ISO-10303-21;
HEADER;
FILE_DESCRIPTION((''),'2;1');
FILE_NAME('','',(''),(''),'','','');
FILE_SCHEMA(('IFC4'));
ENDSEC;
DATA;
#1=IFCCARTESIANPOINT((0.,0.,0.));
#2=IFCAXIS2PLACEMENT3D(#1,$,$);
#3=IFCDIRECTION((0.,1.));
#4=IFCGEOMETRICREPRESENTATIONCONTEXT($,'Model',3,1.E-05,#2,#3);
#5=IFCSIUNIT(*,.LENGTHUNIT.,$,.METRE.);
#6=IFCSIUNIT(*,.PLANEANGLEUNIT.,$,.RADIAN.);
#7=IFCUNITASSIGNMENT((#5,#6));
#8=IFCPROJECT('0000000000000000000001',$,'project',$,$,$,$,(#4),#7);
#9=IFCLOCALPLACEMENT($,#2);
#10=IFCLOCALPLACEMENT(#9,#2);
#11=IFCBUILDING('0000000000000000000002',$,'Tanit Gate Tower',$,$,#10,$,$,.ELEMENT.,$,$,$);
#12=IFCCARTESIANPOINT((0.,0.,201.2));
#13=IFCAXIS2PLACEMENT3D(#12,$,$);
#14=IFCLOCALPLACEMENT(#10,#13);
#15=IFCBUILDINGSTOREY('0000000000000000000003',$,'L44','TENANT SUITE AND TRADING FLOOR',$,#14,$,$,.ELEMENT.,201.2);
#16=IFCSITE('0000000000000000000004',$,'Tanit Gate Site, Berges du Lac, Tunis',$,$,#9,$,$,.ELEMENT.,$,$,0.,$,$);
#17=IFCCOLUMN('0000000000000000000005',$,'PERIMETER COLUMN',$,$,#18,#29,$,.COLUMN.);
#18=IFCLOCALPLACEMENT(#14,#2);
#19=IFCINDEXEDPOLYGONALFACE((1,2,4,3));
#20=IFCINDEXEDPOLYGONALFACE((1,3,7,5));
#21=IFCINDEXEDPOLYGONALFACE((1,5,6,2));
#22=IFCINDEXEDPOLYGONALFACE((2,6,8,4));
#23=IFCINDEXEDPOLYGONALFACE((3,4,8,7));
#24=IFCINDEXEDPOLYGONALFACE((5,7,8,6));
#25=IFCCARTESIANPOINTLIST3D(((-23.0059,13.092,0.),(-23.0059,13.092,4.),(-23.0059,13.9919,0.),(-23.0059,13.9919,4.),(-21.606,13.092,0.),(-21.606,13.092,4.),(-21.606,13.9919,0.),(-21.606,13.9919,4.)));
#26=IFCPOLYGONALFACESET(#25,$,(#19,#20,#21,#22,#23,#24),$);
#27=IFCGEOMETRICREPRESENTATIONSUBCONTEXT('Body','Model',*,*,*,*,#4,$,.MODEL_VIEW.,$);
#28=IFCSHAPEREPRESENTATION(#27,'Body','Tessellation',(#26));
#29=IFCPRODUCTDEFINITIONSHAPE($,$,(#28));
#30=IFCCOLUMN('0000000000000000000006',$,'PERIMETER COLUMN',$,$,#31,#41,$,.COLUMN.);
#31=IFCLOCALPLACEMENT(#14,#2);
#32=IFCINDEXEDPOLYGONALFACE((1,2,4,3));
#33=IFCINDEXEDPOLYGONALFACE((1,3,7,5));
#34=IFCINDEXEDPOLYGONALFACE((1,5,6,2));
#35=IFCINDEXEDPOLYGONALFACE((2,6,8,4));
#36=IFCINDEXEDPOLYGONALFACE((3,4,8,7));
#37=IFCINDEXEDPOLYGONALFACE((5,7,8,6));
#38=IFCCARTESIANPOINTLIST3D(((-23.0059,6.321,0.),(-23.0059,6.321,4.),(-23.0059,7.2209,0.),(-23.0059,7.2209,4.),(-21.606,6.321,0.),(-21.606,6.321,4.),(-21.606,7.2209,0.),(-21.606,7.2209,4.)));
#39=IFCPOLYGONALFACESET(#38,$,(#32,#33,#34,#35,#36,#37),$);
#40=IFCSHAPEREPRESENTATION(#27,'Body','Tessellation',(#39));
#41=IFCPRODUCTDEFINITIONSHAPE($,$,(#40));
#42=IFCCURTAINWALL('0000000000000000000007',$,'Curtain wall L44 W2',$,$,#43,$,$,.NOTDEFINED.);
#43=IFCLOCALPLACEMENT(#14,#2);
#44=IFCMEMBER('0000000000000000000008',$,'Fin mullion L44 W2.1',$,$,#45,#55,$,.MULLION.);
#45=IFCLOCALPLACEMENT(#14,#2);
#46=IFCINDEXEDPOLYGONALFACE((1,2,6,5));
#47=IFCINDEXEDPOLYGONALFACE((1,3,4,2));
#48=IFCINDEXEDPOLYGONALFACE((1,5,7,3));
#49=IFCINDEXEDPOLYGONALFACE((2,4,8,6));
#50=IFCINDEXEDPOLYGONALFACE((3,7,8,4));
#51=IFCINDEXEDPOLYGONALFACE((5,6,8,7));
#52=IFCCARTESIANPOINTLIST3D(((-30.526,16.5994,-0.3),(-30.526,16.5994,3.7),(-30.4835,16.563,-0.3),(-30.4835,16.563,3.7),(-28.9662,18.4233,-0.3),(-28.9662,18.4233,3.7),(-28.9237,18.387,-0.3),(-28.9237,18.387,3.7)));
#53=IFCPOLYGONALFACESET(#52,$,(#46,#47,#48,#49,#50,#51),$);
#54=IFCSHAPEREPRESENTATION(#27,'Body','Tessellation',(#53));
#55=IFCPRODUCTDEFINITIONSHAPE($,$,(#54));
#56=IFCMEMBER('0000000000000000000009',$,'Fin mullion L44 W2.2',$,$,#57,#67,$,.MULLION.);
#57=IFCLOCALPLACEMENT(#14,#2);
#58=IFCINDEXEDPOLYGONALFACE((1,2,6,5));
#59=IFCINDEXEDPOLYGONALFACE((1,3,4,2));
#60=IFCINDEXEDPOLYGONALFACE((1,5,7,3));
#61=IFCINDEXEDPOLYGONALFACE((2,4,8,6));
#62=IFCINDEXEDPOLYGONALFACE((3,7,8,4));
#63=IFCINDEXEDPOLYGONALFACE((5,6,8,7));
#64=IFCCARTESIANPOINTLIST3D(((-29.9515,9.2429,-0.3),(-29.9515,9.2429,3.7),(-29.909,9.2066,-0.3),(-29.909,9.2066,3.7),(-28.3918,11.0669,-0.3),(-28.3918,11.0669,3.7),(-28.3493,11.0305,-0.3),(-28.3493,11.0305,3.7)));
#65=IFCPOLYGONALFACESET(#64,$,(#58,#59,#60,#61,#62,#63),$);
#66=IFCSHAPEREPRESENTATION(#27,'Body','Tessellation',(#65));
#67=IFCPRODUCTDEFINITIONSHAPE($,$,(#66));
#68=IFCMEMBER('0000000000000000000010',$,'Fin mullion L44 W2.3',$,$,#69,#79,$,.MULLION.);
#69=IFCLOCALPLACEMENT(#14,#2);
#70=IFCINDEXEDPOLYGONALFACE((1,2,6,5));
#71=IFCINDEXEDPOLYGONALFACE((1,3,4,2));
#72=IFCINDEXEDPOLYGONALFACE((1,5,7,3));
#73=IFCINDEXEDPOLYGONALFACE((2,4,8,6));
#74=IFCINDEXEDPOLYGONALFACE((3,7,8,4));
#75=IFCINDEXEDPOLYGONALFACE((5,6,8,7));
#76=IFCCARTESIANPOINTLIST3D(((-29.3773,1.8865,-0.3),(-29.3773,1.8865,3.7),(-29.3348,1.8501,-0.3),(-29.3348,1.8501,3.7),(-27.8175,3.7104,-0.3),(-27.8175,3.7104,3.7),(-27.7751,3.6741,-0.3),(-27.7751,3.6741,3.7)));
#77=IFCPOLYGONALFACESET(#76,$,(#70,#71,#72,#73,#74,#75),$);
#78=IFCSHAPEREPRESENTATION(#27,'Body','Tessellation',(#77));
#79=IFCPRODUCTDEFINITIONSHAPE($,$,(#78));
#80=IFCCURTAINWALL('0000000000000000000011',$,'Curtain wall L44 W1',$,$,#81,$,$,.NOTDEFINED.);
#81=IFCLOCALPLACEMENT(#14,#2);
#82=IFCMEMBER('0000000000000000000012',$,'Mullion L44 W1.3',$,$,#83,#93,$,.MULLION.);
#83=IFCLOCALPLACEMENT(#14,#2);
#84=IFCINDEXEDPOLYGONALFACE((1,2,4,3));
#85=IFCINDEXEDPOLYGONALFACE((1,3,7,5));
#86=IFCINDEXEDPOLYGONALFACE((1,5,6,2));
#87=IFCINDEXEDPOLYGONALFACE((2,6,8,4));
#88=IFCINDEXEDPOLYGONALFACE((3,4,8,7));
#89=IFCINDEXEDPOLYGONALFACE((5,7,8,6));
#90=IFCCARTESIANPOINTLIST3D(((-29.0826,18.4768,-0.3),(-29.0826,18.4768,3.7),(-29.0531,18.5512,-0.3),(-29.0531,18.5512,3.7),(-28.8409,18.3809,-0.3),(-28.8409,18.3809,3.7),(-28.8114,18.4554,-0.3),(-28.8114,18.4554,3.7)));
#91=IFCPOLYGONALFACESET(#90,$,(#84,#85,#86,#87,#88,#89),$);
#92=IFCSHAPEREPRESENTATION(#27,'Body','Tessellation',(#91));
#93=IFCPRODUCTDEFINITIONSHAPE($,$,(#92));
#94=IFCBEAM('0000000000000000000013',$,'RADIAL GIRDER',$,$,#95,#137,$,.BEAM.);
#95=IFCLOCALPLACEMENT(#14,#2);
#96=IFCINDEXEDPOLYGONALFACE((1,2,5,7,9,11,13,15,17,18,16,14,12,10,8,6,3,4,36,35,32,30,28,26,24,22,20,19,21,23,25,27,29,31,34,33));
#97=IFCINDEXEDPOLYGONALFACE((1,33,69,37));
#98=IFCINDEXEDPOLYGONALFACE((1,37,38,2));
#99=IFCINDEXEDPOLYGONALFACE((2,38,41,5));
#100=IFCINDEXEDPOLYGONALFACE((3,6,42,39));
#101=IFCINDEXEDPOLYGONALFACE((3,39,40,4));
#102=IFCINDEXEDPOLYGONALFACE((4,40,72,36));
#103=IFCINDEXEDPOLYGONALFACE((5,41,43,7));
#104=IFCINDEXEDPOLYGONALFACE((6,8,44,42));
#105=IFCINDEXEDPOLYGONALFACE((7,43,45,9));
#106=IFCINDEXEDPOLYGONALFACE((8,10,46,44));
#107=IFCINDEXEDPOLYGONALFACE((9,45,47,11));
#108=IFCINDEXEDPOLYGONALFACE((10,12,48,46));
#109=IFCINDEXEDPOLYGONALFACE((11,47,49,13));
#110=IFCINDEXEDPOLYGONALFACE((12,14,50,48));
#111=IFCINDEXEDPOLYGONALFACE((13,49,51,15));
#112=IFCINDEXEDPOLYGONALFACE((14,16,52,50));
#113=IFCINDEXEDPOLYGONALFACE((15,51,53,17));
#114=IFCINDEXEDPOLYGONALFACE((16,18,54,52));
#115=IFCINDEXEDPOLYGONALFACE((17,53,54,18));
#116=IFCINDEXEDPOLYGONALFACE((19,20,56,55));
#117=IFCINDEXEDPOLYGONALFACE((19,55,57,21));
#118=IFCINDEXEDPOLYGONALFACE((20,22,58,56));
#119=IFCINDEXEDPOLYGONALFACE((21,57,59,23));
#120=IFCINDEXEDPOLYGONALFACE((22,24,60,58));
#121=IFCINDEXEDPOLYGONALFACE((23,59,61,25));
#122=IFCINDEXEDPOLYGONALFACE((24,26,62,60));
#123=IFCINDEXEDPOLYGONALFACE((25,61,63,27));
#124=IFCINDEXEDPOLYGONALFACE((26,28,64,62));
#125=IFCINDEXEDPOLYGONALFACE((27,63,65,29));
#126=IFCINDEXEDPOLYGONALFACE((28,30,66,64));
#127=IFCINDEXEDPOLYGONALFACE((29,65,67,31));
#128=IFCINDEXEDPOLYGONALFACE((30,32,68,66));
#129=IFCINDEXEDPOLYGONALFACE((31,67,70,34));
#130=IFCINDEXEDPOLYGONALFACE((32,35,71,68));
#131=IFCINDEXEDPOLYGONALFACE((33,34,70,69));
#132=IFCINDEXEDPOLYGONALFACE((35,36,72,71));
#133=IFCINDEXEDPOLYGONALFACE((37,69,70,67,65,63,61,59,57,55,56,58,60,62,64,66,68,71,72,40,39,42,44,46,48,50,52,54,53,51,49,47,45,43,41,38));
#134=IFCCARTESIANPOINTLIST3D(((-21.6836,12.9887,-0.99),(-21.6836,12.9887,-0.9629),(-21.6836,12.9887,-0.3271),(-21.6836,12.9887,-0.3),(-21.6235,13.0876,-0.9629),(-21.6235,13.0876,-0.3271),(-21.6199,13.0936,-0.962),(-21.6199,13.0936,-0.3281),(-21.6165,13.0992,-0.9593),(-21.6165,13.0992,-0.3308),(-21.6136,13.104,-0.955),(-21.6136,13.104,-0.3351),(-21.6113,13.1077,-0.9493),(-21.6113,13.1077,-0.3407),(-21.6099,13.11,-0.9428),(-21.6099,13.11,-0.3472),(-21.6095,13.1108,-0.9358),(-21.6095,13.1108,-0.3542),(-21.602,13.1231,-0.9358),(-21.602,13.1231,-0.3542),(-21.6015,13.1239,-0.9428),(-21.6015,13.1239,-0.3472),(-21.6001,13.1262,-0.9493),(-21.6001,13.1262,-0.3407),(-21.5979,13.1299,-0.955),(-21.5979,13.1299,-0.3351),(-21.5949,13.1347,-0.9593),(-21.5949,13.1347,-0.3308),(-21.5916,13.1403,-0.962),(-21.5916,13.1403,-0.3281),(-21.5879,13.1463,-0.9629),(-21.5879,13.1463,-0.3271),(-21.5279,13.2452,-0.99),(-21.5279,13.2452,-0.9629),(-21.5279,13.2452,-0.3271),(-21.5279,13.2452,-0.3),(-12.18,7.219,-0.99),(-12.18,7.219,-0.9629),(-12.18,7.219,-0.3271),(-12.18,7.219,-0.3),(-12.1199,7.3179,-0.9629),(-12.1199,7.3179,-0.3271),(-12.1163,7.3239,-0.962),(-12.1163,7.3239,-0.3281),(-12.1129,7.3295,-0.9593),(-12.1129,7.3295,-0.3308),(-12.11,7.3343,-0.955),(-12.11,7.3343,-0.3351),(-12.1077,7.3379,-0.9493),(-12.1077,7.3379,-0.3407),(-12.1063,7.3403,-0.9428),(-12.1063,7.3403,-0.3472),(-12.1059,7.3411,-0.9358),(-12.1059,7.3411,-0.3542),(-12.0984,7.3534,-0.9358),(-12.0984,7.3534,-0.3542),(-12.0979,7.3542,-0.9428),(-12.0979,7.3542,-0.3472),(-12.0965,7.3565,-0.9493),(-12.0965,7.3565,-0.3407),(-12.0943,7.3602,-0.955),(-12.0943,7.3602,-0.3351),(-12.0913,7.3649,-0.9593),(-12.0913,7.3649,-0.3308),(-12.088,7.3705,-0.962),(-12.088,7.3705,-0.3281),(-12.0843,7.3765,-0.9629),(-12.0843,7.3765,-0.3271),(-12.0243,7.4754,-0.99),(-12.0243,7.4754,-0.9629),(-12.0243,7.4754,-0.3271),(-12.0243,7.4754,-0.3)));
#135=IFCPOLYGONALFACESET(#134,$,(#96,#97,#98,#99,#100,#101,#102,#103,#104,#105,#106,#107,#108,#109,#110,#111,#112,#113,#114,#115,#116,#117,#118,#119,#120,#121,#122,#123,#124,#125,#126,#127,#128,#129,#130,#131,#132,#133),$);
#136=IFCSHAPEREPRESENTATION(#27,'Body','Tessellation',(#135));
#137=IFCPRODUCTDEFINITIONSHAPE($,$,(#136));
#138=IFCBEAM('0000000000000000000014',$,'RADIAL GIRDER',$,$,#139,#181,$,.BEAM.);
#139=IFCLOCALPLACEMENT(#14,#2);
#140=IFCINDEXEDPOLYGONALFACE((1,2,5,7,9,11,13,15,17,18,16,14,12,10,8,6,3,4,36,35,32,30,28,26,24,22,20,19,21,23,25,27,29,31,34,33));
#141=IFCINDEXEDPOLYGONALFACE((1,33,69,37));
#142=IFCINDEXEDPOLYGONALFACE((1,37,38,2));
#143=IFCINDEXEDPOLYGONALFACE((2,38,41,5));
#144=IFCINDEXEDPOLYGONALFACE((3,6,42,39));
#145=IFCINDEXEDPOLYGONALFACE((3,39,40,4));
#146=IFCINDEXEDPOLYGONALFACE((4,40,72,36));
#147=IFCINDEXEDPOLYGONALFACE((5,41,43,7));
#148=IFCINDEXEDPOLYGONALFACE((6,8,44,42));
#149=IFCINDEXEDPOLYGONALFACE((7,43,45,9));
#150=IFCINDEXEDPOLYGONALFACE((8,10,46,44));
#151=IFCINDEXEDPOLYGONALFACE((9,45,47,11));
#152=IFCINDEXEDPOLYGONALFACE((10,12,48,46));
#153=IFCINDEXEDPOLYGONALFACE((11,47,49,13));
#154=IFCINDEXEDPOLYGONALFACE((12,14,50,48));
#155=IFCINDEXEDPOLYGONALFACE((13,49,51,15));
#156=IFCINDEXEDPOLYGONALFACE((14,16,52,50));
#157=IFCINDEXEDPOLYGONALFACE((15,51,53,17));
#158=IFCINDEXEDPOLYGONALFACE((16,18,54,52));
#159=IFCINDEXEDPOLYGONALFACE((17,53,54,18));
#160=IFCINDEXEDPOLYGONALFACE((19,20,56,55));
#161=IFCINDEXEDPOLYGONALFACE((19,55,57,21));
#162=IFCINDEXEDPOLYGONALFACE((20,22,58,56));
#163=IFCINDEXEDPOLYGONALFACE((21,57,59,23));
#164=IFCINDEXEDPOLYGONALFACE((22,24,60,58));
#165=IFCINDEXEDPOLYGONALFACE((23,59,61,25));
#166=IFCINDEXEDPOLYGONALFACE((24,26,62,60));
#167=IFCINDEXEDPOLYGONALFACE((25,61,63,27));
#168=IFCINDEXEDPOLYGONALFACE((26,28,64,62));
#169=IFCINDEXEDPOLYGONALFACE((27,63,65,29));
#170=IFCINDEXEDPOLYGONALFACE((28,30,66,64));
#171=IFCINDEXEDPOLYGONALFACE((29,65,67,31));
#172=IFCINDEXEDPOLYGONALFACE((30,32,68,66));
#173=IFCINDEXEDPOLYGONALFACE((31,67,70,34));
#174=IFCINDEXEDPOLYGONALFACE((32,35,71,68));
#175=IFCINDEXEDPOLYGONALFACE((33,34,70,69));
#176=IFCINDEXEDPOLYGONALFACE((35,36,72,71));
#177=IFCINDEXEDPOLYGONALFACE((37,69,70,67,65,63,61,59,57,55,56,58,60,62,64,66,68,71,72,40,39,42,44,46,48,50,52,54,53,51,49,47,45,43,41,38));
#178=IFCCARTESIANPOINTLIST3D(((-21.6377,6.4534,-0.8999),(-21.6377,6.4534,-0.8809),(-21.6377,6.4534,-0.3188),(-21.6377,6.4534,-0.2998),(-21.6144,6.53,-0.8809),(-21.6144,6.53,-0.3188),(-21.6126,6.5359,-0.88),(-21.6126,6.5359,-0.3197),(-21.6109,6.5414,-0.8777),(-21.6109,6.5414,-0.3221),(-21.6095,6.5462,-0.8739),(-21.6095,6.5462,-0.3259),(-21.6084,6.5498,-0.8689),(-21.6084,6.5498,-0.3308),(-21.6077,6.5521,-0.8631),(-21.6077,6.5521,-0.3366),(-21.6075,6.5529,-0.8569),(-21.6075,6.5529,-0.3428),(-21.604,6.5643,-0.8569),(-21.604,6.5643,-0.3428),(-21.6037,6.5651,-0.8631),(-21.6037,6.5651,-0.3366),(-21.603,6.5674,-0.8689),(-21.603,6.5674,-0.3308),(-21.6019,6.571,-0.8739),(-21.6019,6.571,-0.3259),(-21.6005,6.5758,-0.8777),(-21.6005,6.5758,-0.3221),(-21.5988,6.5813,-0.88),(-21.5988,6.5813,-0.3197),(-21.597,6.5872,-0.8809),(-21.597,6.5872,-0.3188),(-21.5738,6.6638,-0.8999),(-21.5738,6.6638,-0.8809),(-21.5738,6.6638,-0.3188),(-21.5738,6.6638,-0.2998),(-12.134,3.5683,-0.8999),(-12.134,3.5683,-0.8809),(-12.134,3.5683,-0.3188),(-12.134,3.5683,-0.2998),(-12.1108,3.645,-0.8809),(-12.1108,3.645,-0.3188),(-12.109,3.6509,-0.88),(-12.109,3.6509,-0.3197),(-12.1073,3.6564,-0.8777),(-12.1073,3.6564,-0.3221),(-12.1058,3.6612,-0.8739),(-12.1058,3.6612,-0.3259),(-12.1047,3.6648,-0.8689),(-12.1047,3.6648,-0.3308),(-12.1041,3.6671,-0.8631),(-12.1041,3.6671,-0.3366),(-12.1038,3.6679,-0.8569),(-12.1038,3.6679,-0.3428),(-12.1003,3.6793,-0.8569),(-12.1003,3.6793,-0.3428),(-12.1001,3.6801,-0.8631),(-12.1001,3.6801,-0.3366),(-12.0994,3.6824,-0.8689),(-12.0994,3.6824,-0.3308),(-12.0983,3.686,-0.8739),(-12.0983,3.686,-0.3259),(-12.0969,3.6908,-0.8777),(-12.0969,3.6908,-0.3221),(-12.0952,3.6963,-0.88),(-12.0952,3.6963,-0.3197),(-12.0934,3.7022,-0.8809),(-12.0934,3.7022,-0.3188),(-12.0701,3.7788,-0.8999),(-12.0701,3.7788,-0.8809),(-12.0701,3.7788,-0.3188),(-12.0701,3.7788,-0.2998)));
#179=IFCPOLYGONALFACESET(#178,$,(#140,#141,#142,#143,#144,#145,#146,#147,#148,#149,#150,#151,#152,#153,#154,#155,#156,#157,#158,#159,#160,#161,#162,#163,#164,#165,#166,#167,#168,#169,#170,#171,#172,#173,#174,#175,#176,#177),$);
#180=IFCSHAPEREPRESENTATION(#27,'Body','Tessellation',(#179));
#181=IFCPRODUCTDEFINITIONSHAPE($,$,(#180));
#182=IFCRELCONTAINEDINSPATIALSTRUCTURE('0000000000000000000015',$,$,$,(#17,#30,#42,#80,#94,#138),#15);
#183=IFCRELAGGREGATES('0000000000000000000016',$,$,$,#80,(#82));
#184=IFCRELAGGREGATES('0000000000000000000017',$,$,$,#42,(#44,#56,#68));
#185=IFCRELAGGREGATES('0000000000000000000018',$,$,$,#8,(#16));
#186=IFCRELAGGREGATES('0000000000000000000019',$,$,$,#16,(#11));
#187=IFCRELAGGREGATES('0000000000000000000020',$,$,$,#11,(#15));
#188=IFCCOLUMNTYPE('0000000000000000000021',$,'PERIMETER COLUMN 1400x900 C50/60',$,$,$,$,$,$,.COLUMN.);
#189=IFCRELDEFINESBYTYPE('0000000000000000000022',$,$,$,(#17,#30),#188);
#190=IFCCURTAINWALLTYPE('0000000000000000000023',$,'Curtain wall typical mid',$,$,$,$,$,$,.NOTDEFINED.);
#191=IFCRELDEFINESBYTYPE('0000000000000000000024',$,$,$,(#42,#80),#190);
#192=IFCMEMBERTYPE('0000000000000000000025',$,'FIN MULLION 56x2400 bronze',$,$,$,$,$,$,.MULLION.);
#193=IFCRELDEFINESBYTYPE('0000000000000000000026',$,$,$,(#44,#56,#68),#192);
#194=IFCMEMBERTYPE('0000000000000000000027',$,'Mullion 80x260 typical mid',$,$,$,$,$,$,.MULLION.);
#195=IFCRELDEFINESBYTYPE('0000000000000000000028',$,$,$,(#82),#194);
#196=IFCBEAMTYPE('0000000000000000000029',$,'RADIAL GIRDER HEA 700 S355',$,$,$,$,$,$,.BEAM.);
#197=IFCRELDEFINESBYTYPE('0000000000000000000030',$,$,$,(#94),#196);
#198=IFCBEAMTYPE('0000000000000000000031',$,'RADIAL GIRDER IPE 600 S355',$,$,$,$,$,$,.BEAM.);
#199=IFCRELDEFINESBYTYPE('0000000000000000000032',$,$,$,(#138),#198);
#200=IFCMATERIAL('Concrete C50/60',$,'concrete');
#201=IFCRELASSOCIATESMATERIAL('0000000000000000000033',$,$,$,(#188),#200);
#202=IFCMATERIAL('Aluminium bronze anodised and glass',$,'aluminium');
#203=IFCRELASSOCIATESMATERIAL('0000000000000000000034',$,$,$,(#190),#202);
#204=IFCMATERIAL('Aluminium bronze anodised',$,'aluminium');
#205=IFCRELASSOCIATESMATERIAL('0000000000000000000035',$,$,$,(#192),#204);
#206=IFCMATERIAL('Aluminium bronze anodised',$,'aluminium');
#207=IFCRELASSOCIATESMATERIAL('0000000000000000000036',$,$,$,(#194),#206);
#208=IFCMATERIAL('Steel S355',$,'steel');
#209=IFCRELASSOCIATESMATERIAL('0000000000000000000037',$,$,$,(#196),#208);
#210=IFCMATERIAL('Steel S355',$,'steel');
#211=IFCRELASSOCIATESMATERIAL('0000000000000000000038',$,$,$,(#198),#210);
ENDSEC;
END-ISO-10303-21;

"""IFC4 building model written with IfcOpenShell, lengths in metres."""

from ifc_helpers import new_model, si_unit, direction, frame, origin, origin_2d, place, context, subcontext, project, spatial, rectangle, i_section, extrude, material, material_profile, profile_set, type_object, element, aggregate, save


model = new_model("IFC4")

# Units and contexts
model_context = context("Model", 3, precision=1e-05, world=origin(), true_north=direction((0.0, 1.0)))
body_context = subcontext(model_context, "Body", "Model", "MODEL_VIEW")
ifc_project = project(units=[si_unit("LENGTHUNIT", "METRE"), si_unit("PLANEANGLEUNIT", "RADIAN")], contexts=[model_context])

# Site, building, storey
site_placement = place(None, origin())
site = spatial("IfcSite", under=ifc_project, at=site_placement, Name="Tanit Gate Site, Berges du Lac, Tunis", CompositionType="ELEMENT", RefElevation=0.0)
building_placement = place(site_placement, origin())
building = spatial("IfcBuilding", under=site, at=building_placement, Name="Tanit Gate Tower", CompositionType="ELEMENT")
storey_placement = place(building_placement, frame((0.0, 0.0, 201.2)))
storey = spatial("IfcBuildingStorey", under=building, at=storey_placement, Name="L44", Description="TENANT SUITE AND TRADING FLOOR", CompositionType="ELEMENT", Elevation=201.2)

# Columns
ifc_material_1 = material(Name="Concrete C50/60", Category="concrete")
ifc_material_profile_1 = material_profile(ifc_material_1, rectangle(XDim=1.3999, YDim=0.8999, at=origin_2d()), Name="RC 1400x900")
ifc_profile_set_1 = profile_set([ifc_material_profile_1], Name="Concrete C50/60")
column_type = type_object("IfcColumnType", Name="PERIMETER COLUMN 1400x900 C50/60", PredefinedType="COLUMN", material=ifc_profile_set_1)
for number, where, z_axis, x_axis, name in (
    (1, (-22.3059, 13.542, 0.0), (0.0, 0.0, 1.0), (-1.0, 0.0, 0.0), "PERIMETER COLUMN"),
    (2, (-22.3059, 6.771, 0.0), (0.0, 0.0, 1.0), (-1.0, 0.0, 0.0), "PERIMETER COLUMN"),
):
    element("IfcColumn", number, at=place(storey_placement, frame(where, z_axis=z_axis, x_axis=x_axis)), inside=storey, type_object=column_type, Name=name, PredefinedType="COLUMN", context=body_context, shape_type="SweptSolid", body=[
        extrude(rectangle(XDim=1.3999, YDim=0.8999, at=origin_2d()), origin(), (0.0, 0.0, 1.0), 4.0),
    ])

# Curtain wall, members
ifc_material_2 = material(Name="Aluminium bronze anodised and glass", Category="aluminium")
curtain_wall_type = type_object("IfcCurtainWallType", Name="Curtain wall typical mid", PredefinedType="NOTDEFINED", material=ifc_material_2)
curtain_wall_1_placement = place(storey_placement, origin())
curtain_wall_1 = element("IfcCurtainWall", 3, at=curtain_wall_1_placement, inside=storey, type_object=curtain_wall_type, Name="Curtain wall L44 W2", PredefinedType="NOTDEFINED")
ifc_material_3 = material(Name="Aluminium bronze anodised", Category="aluminium")
ifc_material_profile_2 = material_profile(ifc_material_3, rectangle(XDim=2.3999, YDim=0.0559, at=origin_2d()), Name="56x2400 bronze fin mullion")
ifc_profile_set_2 = profile_set([ifc_material_profile_2], Name="Aluminium bronze anodised")
member_type_1 = type_object("IfcMemberType", Name="FIN MULLION 56x2400 bronze", PredefinedType="MULLION", material=ifc_profile_set_2)
member_1_placement = place(storey_placement, frame((-29.7249, 17.4932, -0.3), z_axis=(0.0, 0.0, 1.0), x_axis=(0.649921, 0.760002, 0.0)))
member_1 = element("IfcMember", 4, at=member_1_placement, type_object=member_type_1, Name="Fin mullion L44 W2.1", PredefinedType="MULLION", context=body_context, shape_type="SweptSolid", body=[
    extrude(rectangle(XDim=2.3999, YDim=0.0559, at=origin_2d()), origin(), (0.0, 0.0, 1.0), 4.0),
])
member_2_placement = place(storey_placement, frame((-29.1504, 10.1367, -0.3), z_axis=(0.0, 0.0, 1.0), x_axis=(0.649921, 0.760002, 0.0)))
member_2 = element("IfcMember", 5, at=member_2_placement, type_object=member_type_1, Name="Fin mullion L44 W2.2", PredefinedType="MULLION", context=body_context, shape_type="SweptSolid", body=[
    extrude(rectangle(XDim=2.3999, YDim=0.0559, at=origin_2d()), origin(), (0.0, 0.0, 1.0), 4.0),
])
member_3_placement = place(storey_placement, frame((-28.5762, 2.7803, -0.3), z_axis=(0.0, 0.0, 1.0), x_axis=(0.649921, 0.760002, 0.0)))
member_3 = element("IfcMember", 6, at=member_3_placement, type_object=member_type_1, Name="Fin mullion L44 W2.3", PredefinedType="MULLION", context=body_context, shape_type="SweptSolid", body=[
    extrude(rectangle(XDim=2.3999, YDim=0.0559, at=origin_2d()), origin(), (0.0, 0.0, 1.0), 4.0),
])

# Curtain wall, member
curtain_wall_2_placement = place(storey_placement, origin())
curtain_wall_2 = element("IfcCurtainWall", 7, at=curtain_wall_2_placement, inside=storey, type_object=curtain_wall_type, Name="Curtain wall L44 W1", PredefinedType="NOTDEFINED")
ifc_material_4 = material(Name="Aluminium bronze anodised", Category="aluminium")
ifc_material_profile_3 = material_profile(ifc_material_4, rectangle(XDim=0.26, YDim=0.0801, at=origin_2d()), Name="80x260 bronze mullion")
ifc_profile_set_3 = profile_set([ifc_material_profile_3], Name="Aluminium bronze anodised")
member_type_2 = type_object("IfcMemberType", Name="Mullion 80x260 typical mid", PredefinedType="MULLION", material=ifc_profile_set_3)
member_4_placement = place(storey_placement, frame((-28.947, 18.4661, -0.3), z_axis=(0.0, 0.0, 1.0), x_axis=(0.929554, -0.368686, 0.0)))
member_4 = element("IfcMember", 8, at=member_4_placement, type_object=member_type_2, Name="Mullion L44 W1.3", PredefinedType="MULLION", context=body_context, shape_type="SweptSolid", body=[
    extrude(rectangle(XDim=0.26, YDim=0.0801, at=origin_2d()), origin(), (0.0, 0.0, 1.0), 4.0),
])
aggregate(curtain_wall_2, [member_4])

# Beams
ifc_material_5 = material(Name="Steel S355", Category="steel")
ifc_material_profile_4 = material_profile(ifc_material_5, i_section(OverallWidth=0.3, OverallDepth=0.6899, WebThickness=0.0144, FlangeThickness=0.0271, FilletRadius=0.0271, at=origin_2d()), Name="HEA 700")
ifc_profile_set_4 = profile_set([ifc_material_profile_4], Name="Steel S355")
beam_type_1 = type_object("IfcBeamType", Name="RADIAL GIRDER HEA 700 S355", PredefinedType="BEAM", material=ifc_profile_set_4)
beam_1_placement = place(storey_placement, frame((-21.6057, 13.1169, -0.645), z_axis=(0.8548, -0.518958, 0.0), x_axis=(0.518958, 0.8548, 0.0)))
element("IfcBeam", 9, at=beam_1_placement, inside=storey, type_object=beam_type_1, Name="RADIAL GIRDER", PredefinedType="BEAM", context=body_context, shape_type="SweptSolid", body=[
    extrude(i_section(OverallWidth=0.3, OverallDepth=0.6899, WebThickness=0.0144, FlangeThickness=0.0271, FilletRadius=0.0271, at=origin_2d()), origin(), (0.0, 0.0, 1.0), 11.1179),
])
ifc_material_6 = material(Name="Steel S355", Category="steel")
ifc_material_profile_5 = material_profile(ifc_material_6, i_section(OverallWidth=0.22, OverallDepth=0.6001, WebThickness=0.012, FlangeThickness=0.019, FilletRadius=0.0239, at=origin_2d()), Name="IPE 600")
ifc_profile_set_5 = profile_set([ifc_material_profile_5], Name="Steel S355")
beam_type_2 = type_object("IfcBeamType", Name="RADIAL GIRDER IPE 600 S355", PredefinedType="BEAM", material=ifc_profile_set_5)
beam_2_placement = place(storey_placement, frame((-21.6057, 6.5586, -0.5999), z_axis=(0.956881, -0.290479, 0.0), x_axis=(0.290479, 0.956881, 0.0)))
element("IfcBeam", 10, at=beam_2_placement, inside=storey, type_object=beam_type_2, Name="RADIAL GIRDER", PredefinedType="BEAM", context=body_context, shape_type="SweptSolid", body=[
    extrude(i_section(OverallWidth=0.22, OverallDepth=0.6001, WebThickness=0.012, FlangeThickness=0.019, FilletRadius=0.0239, at=origin_2d()), origin(), (0.0, 0.0, 1.0), 9.9319),
])

aggregate(curtain_wall_1, [member_1, member_2, member_3])

save(model, "model.ifc")
